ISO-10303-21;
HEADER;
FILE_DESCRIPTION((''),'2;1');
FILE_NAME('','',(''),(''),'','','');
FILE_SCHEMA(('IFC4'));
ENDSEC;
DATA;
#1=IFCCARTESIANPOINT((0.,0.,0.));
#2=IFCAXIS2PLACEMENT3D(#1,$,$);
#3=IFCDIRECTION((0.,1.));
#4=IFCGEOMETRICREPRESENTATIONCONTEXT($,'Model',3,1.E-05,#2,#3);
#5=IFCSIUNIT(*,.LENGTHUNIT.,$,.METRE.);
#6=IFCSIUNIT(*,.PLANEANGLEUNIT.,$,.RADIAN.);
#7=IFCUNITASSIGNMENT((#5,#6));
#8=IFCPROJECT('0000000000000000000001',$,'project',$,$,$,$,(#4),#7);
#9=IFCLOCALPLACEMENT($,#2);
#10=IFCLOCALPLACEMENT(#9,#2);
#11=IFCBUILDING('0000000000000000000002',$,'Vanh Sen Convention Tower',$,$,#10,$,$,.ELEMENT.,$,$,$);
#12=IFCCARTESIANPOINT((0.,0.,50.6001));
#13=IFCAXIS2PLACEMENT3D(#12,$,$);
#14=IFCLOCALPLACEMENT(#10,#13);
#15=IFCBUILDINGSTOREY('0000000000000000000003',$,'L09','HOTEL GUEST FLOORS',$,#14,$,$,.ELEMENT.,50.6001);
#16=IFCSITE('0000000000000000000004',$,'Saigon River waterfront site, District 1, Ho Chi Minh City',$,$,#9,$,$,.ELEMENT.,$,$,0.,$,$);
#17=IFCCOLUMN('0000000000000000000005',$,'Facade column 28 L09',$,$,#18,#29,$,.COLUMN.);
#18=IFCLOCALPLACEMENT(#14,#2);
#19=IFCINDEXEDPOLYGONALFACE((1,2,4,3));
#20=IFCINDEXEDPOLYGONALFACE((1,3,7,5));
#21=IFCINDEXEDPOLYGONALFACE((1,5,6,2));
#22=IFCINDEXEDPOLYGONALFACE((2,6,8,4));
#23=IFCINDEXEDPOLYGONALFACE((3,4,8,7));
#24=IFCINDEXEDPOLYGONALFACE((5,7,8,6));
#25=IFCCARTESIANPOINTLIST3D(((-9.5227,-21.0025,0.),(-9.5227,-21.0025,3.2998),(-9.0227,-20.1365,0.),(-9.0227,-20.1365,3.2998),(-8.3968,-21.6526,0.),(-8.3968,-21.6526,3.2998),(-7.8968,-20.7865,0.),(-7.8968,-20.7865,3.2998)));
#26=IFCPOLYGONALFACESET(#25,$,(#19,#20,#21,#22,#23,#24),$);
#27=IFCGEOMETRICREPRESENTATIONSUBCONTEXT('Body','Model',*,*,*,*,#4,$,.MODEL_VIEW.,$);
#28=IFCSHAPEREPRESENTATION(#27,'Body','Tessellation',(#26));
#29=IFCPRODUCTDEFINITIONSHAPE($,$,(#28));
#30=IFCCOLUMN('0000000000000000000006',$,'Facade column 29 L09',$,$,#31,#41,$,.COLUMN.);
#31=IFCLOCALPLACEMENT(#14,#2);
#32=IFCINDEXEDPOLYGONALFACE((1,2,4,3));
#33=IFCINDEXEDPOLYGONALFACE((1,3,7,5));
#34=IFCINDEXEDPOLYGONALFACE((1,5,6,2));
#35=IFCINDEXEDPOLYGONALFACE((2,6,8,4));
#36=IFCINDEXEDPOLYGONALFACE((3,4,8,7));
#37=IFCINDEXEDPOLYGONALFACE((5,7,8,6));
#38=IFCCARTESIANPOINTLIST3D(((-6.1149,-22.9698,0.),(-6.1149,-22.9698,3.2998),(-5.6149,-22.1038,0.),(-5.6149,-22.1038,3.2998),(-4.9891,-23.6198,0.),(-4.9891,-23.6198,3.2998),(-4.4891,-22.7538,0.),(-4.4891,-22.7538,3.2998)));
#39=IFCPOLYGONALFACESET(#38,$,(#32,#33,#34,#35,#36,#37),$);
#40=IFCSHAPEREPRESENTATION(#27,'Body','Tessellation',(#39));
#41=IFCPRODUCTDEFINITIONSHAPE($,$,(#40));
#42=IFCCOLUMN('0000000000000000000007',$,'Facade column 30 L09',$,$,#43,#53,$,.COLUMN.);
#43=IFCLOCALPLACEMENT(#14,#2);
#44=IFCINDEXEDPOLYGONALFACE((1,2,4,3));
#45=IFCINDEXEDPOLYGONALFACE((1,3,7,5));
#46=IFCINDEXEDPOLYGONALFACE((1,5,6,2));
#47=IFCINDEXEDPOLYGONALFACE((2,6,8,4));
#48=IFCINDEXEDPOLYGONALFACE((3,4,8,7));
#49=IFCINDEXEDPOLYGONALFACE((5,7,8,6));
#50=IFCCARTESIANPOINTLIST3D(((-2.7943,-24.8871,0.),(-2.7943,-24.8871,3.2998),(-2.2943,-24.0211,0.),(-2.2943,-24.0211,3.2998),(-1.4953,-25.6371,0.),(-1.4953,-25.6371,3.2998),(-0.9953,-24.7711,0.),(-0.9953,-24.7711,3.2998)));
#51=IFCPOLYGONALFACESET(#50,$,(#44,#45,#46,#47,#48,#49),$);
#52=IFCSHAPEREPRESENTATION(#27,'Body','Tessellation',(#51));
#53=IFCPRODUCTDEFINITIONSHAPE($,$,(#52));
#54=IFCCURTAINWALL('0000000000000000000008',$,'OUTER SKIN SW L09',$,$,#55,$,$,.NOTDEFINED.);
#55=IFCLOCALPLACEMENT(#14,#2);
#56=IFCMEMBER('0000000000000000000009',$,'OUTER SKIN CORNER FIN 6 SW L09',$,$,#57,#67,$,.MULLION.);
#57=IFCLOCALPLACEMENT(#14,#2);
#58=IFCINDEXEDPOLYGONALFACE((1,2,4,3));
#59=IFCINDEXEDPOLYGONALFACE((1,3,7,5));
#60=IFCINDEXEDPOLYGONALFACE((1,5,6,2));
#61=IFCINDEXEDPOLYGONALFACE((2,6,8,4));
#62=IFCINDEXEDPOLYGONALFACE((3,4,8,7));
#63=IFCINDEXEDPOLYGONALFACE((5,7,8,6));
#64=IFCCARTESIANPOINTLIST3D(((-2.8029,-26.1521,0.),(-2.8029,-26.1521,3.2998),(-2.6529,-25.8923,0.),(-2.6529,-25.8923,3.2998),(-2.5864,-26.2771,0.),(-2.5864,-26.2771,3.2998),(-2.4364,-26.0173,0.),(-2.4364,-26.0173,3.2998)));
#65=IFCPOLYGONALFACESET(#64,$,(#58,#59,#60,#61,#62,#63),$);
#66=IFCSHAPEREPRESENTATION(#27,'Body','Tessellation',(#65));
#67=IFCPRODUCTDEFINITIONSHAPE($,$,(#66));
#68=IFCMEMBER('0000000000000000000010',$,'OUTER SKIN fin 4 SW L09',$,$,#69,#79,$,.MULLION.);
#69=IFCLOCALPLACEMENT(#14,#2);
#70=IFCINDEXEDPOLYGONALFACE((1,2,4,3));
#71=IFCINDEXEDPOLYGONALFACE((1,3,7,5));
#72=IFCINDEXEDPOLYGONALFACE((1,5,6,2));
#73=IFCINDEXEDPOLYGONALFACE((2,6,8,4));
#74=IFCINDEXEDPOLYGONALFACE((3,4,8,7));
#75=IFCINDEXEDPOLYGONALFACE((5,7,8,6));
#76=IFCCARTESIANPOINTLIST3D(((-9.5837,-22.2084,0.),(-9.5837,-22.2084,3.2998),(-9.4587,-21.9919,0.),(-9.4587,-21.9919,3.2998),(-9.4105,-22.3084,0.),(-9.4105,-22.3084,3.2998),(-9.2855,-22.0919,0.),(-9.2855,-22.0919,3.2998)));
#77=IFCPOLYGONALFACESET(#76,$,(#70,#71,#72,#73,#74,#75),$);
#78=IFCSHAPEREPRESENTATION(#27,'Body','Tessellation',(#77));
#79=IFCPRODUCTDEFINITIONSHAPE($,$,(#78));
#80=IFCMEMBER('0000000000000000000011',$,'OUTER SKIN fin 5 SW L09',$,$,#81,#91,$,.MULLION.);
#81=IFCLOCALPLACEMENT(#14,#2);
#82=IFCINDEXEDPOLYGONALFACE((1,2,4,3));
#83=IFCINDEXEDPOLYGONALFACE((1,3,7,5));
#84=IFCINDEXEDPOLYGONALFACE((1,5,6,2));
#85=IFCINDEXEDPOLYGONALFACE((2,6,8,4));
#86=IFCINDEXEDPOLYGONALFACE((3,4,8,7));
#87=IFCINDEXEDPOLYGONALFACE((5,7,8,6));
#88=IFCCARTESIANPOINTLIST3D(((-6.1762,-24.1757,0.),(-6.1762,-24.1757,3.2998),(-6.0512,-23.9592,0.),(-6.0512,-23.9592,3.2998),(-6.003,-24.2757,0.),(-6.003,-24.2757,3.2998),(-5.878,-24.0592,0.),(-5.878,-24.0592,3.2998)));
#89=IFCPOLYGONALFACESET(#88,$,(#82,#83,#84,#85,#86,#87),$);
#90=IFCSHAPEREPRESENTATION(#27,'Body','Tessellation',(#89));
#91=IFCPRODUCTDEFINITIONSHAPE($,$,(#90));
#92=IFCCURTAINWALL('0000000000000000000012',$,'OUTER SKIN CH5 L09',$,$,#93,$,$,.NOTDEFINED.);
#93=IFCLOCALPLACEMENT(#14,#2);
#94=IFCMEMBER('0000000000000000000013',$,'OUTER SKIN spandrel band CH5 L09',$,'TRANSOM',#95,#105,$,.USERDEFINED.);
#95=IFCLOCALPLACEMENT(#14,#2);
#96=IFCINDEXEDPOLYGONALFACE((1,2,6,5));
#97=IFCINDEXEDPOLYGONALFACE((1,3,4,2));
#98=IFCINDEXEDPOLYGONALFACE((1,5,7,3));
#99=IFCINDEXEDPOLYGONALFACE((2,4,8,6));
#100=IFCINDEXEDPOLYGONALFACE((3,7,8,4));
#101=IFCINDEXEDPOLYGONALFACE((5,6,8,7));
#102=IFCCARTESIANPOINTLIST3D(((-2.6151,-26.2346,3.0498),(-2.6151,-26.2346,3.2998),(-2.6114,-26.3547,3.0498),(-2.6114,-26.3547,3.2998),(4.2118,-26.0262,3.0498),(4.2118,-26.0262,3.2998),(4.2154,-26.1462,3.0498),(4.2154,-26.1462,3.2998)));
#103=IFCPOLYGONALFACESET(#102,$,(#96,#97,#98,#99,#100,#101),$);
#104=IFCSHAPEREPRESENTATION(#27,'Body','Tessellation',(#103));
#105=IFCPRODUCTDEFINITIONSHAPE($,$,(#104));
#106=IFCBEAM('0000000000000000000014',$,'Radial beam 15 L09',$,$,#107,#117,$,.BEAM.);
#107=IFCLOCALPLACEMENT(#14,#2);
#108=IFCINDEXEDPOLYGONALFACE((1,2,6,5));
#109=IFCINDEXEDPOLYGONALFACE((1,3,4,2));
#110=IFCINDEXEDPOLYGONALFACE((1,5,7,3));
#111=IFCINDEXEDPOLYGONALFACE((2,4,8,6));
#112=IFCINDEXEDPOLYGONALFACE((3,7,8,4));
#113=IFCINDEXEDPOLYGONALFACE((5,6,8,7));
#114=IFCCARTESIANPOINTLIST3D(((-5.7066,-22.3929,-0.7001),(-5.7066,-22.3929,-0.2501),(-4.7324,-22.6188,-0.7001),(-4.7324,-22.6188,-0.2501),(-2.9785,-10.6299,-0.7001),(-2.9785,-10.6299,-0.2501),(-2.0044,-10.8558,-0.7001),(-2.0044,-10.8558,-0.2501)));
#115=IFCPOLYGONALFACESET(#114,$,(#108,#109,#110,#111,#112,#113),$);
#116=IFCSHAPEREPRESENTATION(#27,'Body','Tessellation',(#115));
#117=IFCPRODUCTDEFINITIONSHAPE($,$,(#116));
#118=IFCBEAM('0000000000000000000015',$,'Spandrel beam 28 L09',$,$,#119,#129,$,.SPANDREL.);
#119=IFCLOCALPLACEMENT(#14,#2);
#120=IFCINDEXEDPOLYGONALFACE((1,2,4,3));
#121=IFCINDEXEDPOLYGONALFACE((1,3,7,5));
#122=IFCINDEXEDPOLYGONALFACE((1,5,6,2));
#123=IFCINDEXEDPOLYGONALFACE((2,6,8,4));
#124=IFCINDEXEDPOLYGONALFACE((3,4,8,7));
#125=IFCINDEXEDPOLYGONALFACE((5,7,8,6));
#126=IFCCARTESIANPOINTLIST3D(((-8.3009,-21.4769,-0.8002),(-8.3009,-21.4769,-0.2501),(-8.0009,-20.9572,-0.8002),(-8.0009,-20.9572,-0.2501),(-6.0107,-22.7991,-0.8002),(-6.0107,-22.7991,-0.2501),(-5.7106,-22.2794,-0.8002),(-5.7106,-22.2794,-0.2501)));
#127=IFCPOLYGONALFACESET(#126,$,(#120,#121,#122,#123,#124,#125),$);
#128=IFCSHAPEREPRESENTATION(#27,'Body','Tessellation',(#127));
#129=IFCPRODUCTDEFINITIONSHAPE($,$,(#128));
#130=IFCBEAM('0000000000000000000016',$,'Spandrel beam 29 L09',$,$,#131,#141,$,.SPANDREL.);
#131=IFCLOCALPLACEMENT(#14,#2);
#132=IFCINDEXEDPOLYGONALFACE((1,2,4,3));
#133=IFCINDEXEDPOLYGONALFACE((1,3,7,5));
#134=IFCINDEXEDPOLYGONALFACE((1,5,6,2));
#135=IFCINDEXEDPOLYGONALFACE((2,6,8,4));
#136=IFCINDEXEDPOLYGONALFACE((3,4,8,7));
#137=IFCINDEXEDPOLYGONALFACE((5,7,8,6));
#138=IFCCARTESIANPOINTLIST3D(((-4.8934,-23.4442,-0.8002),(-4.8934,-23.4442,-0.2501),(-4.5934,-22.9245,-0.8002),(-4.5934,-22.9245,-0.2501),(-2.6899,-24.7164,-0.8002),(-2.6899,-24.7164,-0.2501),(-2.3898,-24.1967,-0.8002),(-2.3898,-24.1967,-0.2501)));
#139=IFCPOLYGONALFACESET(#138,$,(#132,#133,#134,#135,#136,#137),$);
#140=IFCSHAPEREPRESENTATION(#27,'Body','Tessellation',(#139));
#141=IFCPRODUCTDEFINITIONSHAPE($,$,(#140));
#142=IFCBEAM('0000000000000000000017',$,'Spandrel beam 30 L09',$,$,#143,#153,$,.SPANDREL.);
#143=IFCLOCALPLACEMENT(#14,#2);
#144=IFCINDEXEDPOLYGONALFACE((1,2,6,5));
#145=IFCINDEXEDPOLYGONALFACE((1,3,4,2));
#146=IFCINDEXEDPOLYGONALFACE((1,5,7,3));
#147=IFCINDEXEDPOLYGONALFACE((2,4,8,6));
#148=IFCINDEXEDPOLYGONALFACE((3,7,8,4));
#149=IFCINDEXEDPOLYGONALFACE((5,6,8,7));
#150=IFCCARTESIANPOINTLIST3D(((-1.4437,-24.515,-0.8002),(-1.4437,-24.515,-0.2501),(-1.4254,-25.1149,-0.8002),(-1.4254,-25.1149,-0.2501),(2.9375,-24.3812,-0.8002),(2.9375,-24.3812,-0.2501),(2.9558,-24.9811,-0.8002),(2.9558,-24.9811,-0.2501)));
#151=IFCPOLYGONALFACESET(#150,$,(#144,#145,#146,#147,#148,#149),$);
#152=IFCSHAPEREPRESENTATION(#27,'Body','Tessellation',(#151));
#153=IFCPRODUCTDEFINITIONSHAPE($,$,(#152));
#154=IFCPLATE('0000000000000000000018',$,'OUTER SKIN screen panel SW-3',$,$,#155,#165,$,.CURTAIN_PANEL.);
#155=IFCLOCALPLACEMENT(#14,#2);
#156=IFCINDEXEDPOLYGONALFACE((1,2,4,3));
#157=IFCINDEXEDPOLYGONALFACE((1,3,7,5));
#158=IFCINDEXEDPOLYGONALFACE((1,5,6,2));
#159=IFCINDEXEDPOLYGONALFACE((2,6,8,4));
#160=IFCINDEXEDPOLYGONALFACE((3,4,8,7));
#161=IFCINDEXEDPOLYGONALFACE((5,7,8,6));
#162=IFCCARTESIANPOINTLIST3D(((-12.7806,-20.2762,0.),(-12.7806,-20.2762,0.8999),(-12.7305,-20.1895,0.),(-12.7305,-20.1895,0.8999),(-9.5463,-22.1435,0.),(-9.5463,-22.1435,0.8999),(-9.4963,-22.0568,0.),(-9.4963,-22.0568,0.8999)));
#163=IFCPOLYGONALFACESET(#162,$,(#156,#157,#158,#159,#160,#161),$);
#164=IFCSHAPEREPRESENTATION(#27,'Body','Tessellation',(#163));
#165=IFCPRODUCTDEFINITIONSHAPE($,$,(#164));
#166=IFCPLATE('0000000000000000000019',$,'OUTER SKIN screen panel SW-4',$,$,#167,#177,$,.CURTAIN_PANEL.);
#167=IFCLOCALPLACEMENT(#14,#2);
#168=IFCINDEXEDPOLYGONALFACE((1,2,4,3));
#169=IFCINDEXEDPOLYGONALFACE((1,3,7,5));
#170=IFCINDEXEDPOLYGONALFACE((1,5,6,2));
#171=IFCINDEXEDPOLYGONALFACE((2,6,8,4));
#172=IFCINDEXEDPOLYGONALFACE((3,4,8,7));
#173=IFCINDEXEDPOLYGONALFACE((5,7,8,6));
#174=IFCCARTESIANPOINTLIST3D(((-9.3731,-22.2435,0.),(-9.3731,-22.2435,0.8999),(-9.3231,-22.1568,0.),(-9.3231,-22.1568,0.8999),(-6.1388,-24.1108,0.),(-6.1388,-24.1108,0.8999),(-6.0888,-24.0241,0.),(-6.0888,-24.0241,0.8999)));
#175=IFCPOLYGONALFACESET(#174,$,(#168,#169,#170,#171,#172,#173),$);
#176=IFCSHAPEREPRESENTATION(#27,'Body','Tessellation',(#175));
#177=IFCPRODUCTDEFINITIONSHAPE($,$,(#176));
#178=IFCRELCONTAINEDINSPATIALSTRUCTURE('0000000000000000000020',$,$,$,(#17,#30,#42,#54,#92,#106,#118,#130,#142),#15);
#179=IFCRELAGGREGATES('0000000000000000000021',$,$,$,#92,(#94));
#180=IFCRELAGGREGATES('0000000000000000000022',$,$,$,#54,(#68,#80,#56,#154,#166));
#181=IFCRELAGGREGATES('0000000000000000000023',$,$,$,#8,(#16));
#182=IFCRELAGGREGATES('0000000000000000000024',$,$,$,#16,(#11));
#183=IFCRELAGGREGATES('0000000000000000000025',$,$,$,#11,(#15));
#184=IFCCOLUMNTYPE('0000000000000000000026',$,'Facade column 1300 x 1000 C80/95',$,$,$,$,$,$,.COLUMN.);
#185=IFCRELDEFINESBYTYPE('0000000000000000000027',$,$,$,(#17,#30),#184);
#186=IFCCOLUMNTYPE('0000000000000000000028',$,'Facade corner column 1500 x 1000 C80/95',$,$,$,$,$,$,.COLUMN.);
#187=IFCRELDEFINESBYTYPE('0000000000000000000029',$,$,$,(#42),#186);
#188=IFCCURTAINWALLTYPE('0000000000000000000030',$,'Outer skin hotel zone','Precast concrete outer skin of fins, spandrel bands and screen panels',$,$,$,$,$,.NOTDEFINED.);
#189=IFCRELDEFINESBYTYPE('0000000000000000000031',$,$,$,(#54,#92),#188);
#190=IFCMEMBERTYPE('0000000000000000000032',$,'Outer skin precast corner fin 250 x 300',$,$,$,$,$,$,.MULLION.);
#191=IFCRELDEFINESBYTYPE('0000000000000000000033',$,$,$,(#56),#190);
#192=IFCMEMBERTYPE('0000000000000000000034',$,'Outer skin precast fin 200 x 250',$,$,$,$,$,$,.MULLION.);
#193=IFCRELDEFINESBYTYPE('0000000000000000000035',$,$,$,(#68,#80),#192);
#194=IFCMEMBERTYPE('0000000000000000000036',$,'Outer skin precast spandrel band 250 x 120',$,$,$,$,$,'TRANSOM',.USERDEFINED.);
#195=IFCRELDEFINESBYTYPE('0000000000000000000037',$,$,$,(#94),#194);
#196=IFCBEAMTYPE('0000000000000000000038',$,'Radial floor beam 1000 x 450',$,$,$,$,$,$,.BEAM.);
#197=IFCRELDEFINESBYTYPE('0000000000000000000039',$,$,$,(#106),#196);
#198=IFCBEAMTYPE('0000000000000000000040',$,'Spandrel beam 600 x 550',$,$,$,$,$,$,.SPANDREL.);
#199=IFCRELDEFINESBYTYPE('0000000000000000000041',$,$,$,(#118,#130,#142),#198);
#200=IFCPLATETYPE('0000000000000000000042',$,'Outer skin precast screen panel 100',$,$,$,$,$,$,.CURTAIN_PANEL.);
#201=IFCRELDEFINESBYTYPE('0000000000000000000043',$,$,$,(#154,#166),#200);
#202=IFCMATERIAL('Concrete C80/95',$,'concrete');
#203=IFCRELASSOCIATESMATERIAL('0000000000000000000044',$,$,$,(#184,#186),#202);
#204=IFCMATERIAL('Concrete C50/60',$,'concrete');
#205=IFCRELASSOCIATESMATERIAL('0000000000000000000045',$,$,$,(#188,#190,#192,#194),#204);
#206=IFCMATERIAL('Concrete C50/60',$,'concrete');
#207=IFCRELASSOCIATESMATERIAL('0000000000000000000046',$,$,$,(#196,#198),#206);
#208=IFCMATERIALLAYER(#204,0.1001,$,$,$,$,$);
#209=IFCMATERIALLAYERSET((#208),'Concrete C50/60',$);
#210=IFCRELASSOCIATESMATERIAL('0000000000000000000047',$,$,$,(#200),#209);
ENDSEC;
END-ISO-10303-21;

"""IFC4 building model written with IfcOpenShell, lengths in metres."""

from ifc_helpers import new_model, si_unit, direction, frame, origin, origin_2d, place, context, subcontext, project, spatial, rectangle, extrude, material, layer, layer_set, material_profile, profile_set, type_object, element, aggregate, save


model = new_model("IFC4")

# Units and contexts
model_context = context("Model", 3, precision=1e-05, world=origin(), true_north=direction((0.0, 1.0)))
body_context = subcontext(model_context, "Body", "Model", "MODEL_VIEW")
ifc_project = project(units=[si_unit("LENGTHUNIT", "METRE"), si_unit("PLANEANGLEUNIT", "RADIAN")], contexts=[model_context])

# Site, building, storey
site_placement = place(None, origin())
site = spatial("IfcSite", under=ifc_project, at=site_placement, Name="Saigon River waterfront site, District 1, Ho Chi Minh City", CompositionType="ELEMENT", RefElevation=0.0)
building_placement = place(site_placement, origin())
building = spatial("IfcBuilding", under=site, at=building_placement, Name="Vanh Sen Convention Tower", CompositionType="ELEMENT")
storey_placement = place(building_placement, frame((0.0, 0.0, 50.6001)))
storey = spatial("IfcBuildingStorey", under=building, at=storey_placement, Name="L09", Description="HOTEL GUEST FLOORS", CompositionType="ELEMENT", Elevation=50.6001)

# Columns
ifc_material_1 = material(Name="Concrete C80/95", Category="concrete")
ifc_material_profile_1 = material_profile(ifc_material_1, rectangle(XDim=1.3, YDim=1.0, at=origin_2d()), Name="RC 1300X1000")
ifc_profile_set_1 = profile_set([ifc_material_profile_1], Name="Concrete C80/95")
column_type_1 = type_object("IfcColumnType", Name="Facade column 1300 x 1000 C80/95", PredefinedType="COLUMN", material=ifc_profile_set_1)
for number, where, z_axis, x_axis, name in (
    (1, (-8.7097, -20.8945, 0.0), (0.0, 0.0, 1.0), (0.866025, -0.5, 0.0), "Facade column 28 L09"),
    (2, (-5.302, -22.8618, 0.0), (0.0, 0.0, 1.0), (0.866025, -0.5, 0.0), "Facade column 29 L09"),
):
    element("IfcColumn", number, at=place(storey_placement, frame(where, z_axis=z_axis, x_axis=x_axis)), inside=storey, type_object=column_type_1, Name=name, PredefinedType="COLUMN", context=body_context, shape_type="SweptSolid", body=[
        extrude(rectangle(XDim=1.3, YDim=1.0, at=origin_2d()), origin(), (0.0, 0.0, 1.0), 3.2998),
    ])
ifc_material_profile_2 = material_profile(ifc_material_1, rectangle(XDim=1.5, YDim=1.0, at=origin_2d()), Name="RC 1500X1000")
ifc_profile_set_2 = profile_set([ifc_material_profile_2], Name="Concrete C80/95")
column_type_2 = type_object("IfcColumnType", Name="Facade corner column 1500 x 1000 C80/95", PredefinedType="COLUMN", material=ifc_profile_set_2)
column_placement = place(storey_placement, frame((-1.8948, -24.8291, 0.0), z_axis=(0.0, 0.0, 1.0), x_axis=(0.866025, -0.5, 0.0)))
element("IfcColumn", 3, at=column_placement, inside=storey, type_object=column_type_2, Name="Facade column 30 L09", PredefinedType="COLUMN", context=body_context, shape_type="SweptSolid", body=[
    extrude(rectangle(XDim=1.5, YDim=1.0, at=origin_2d()), origin(), (0.0, 0.0, 1.0), 3.2998),
])

# Curtain wall, members
ifc_material_2 = material(Name="Concrete C50/60", Category="concrete")
curtain_wall_type = type_object("IfcCurtainWallType", Name="Outer skin hotel zone", Description="Precast concrete outer skin of fins, spandrel bands and screen panels", PredefinedType="NOTDEFINED", material=ifc_material_2)
curtain_wall_1_placement = place(storey_placement, origin())
curtain_wall_1 = element("IfcCurtainWall", 4, at=curtain_wall_1_placement, inside=storey, type_object=curtain_wall_type, Name="OUTER SKIN SW L09", PredefinedType="NOTDEFINED")
ifc_material_profile_3 = material_profile(ifc_material_2, rectangle(XDim=0.25, YDim=0.3, at=origin_2d()), Name="Outer skin precast corner fin 250 x 300")
ifc_profile_set_3 = profile_set([ifc_material_profile_3], Name="Concrete C50/60")
member_type_1 = type_object("IfcMemberType", Name="Outer skin precast corner fin 250 x 300", PredefinedType="MULLION", material=ifc_profile_set_3)
member_1_placement = place(storey_placement, frame((-2.6196, -26.0847, 0.0), z_axis=(0.0, 0.0, 1.0), x_axis=(0.866025, -0.5, 0.0)))
member_1 = element("IfcMember", 5, at=member_1_placement, type_object=member_type_1, Name="OUTER SKIN CORNER FIN 6 SW L09", PredefinedType="MULLION", context=body_context, shape_type="SweptSolid", body=[
    extrude(rectangle(XDim=0.25, YDim=0.3, at=origin_2d()), origin(), (0.0, 0.0, 1.0), 3.2998),
])
ifc_material_profile_4 = material_profile(ifc_material_2, rectangle(XDim=0.2, YDim=0.25, at=origin_2d()), Name="Outer skin precast fin 200 x 250")
ifc_profile_set_4 = profile_set([ifc_material_profile_4], Name="Concrete C50/60")
member_type_2 = type_object("IfcMemberType", Name="Outer skin precast fin 200 x 250", PredefinedType="MULLION", material=ifc_profile_set_4)
member_2_placement = place(storey_placement, frame((-9.4346, -22.1501, 0.0), z_axis=(0.0, 0.0, 1.0), x_axis=(0.866025, -0.5, 0.0)))
member_2 = element("IfcMember", 6, at=member_2_placement, type_object=member_type_2, Name="OUTER SKIN fin 4 SW L09", PredefinedType="MULLION", context=body_context, shape_type="SweptSolid", body=[
    extrude(rectangle(XDim=0.2, YDim=0.25, at=origin_2d()), origin(), (0.0, 0.0, 1.0), 3.2998),
])
member_3_placement = place(storey_placement, frame((-6.0271, -24.1174, 0.0), z_axis=(0.0, 0.0, 1.0), x_axis=(0.866025, -0.5, 0.0)))
member_3 = element("IfcMember", 7, at=member_3_placement, type_object=member_type_2, Name="OUTER SKIN fin 5 SW L09", PredefinedType="MULLION", context=body_context, shape_type="SweptSolid", body=[
    extrude(rectangle(XDim=0.2, YDim=0.25, at=origin_2d()), origin(), (0.0, 0.0, 1.0), 3.2998),
])

# Curtain wall, member
curtain_wall_2_placement = place(storey_placement, origin())
curtain_wall_2 = element("IfcCurtainWall", 8, at=curtain_wall_2_placement, inside=storey, type_object=curtain_wall_type, Name="OUTER SKIN CH5 L09", PredefinedType="NOTDEFINED")
ifc_material_profile_5 = material_profile(ifc_material_2, rectangle(XDim=0.1201, YDim=0.25, at=origin_2d()), Name="Outer skin precast spandrel band 250 x 120")
ifc_profile_set_5 = profile_set([ifc_material_profile_5], Name="Concrete C50/60")
member_type_3 = type_object("IfcMemberType", Name="Outer skin precast spandrel band 250 x 120", ElementType="TRANSOM", PredefinedType="USERDEFINED", material=ifc_profile_set_5)
member_4_placement = place(storey_placement, frame((-2.6133, -26.2947, 3.1748), z_axis=(0.999534, 0.030526, 0.0), x_axis=(-0.030526, 0.999534, 0.0)))
member_4 = element("IfcMember", 9, at=member_4_placement, type_object=member_type_3, Name="OUTER SKIN spandrel band CH5 L09", ObjectType="TRANSOM", PredefinedType="USERDEFINED", context=body_context, shape_type="SweptSolid", body=[
    extrude(rectangle(XDim=0.1201, YDim=0.25, at=origin_2d()), origin(), (0.0, 0.0, 1.0), 6.8301),
])
aggregate(curtain_wall_2, [member_4])

# Beams
ifc_material_3 = material(Name="Concrete C50/60", Category="concrete")
ifc_material_profile_6 = material_profile(ifc_material_3, rectangle(XDim=1.0, YDim=0.45, at=origin_2d()), Name="RC 1000X450")
ifc_profile_set_6 = profile_set([ifc_material_profile_6], Name="Concrete C50/60")
beam_type_1 = type_object("IfcBeamType", Name="Radial floor beam 1000 x 450", PredefinedType="BEAM", material=ifc_profile_set_6)
beam_1_placement = place(storey_placement, frame((-5.2195, -22.5059, -0.4751), z_axis=(0.225921, 0.974146, 0.0), x_axis=(-0.974146, 0.225921, 0.0)))
element("IfcBeam", 10, at=beam_1_placement, inside=storey, type_object=beam_type_1, Name="Radial beam 15 L09", PredefinedType="BEAM", context=body_context, shape_type="SweptSolid", body=[
    extrude(rectangle(XDim=1.0, YDim=0.45, at=origin_2d()), origin(), (0.0, 0.0, 1.0), 12.0752),
])
ifc_material_profile_7 = material_profile(ifc_material_3, rectangle(XDim=0.6001, YDim=0.55, at=origin_2d()), Name="RC 600X550")
ifc_profile_set_7 = profile_set([ifc_material_profile_7], Name="Concrete C50/60")
beam_type_2 = type_object("IfcBeamType", Name="Spandrel beam 600 x 550", PredefinedType="SPANDREL", material=ifc_profile_set_7)
beam_2_placement = place(storey_placement, frame((-8.1509, -21.217, -0.5251), z_axis=(0.86603, -0.499991, 0.0), x_axis=(0.499991, 0.86603, 0.0)))
element("IfcBeam", 11, at=beam_2_placement, inside=storey, type_object=beam_type_2, Name="Spandrel beam 28 L09", PredefinedType="SPANDREL", context=body_context, shape_type="SweptSolid", body=[
    extrude(rectangle(XDim=0.6001, YDim=0.55, at=origin_2d()), origin(), (0.0, 0.0, 1.0), 2.6445),
])
beam_3_placement = place(storey_placement, frame((-4.7434, -23.1843, -0.5251), z_axis=(0.866032, -0.499988, 0.0), x_axis=(0.499988, 0.866032, 0.0)))
element("IfcBeam", 12, at=beam_3_placement, inside=storey, type_object=beam_type_2, Name="Spandrel beam 29 L09", PredefinedType="SPANDREL", context=body_context, shape_type="SweptSolid", body=[
    extrude(rectangle(XDim=0.6001, YDim=0.55, at=origin_2d()), origin(), (0.0, 0.0, 1.0), 2.5444),
])
beam_4_placement = place(storey_placement, frame((-1.4346, -24.8149, -0.5251), z_axis=(0.999534, 0.030522, 0.0), x_axis=(-0.030522, 0.999534, 0.0)))
element("IfcBeam", 13, at=beam_4_placement, inside=storey, type_object=beam_type_2, Name="Spandrel beam 30 L09", PredefinedType="SPANDREL", context=body_context, shape_type="SweptSolid", body=[
    extrude(rectangle(XDim=0.6001, YDim=0.55, at=origin_2d()), origin(), (0.0, 0.0, 1.0), 4.3833),
])

# Plates
ifc_layer_1 = layer(ifc_material_2, 0.1001)
ifc_layer_set_1 = layer_set([ifc_layer_1], Name="Concrete C50/60")
plate_type = type_object("IfcPlateType", Name="Outer skin precast screen panel 100", PredefinedType="CURTAIN_PANEL", material=ifc_layer_set_1)
plate_1_placement = place(storey_placement, frame((-11.1384, -21.1665, 0.0), z_axis=(0.0, 0.0, 1.0), x_axis=(0.866028, -0.499995, 0.0)))
plate_1 = element("IfcPlate", 14, at=plate_1_placement, type_object=plate_type, Name="OUTER SKIN screen panel SW-3", PredefinedType="CURTAIN_PANEL", context=body_context, shape_type="SweptSolid", body=[
    extrude(rectangle(XDim=3.7346, YDim=0.1001, at=origin_2d()), origin(), (0.0, 0.0, 1.0), 0.8999),
])
plate_2_placement = place(storey_placement, frame((-7.731, -23.1338, 0.0), z_axis=(0.0, 0.0, 1.0), x_axis=(0.866028, -0.499995, 0.0)))
plate_2 = element("IfcPlate", 15, at=plate_2_placement, type_object=plate_type, Name="OUTER SKIN screen panel SW-4", PredefinedType="CURTAIN_PANEL", context=body_context, shape_type="SweptSolid", body=[
    extrude(rectangle(XDim=3.7346, YDim=0.1001, at=origin_2d()), origin(), (0.0, 0.0, 1.0), 0.8999),
])
aggregate(curtain_wall_1, [member_2, member_3, member_1, plate_1, plate_2])

save(model, "model.ifc")
